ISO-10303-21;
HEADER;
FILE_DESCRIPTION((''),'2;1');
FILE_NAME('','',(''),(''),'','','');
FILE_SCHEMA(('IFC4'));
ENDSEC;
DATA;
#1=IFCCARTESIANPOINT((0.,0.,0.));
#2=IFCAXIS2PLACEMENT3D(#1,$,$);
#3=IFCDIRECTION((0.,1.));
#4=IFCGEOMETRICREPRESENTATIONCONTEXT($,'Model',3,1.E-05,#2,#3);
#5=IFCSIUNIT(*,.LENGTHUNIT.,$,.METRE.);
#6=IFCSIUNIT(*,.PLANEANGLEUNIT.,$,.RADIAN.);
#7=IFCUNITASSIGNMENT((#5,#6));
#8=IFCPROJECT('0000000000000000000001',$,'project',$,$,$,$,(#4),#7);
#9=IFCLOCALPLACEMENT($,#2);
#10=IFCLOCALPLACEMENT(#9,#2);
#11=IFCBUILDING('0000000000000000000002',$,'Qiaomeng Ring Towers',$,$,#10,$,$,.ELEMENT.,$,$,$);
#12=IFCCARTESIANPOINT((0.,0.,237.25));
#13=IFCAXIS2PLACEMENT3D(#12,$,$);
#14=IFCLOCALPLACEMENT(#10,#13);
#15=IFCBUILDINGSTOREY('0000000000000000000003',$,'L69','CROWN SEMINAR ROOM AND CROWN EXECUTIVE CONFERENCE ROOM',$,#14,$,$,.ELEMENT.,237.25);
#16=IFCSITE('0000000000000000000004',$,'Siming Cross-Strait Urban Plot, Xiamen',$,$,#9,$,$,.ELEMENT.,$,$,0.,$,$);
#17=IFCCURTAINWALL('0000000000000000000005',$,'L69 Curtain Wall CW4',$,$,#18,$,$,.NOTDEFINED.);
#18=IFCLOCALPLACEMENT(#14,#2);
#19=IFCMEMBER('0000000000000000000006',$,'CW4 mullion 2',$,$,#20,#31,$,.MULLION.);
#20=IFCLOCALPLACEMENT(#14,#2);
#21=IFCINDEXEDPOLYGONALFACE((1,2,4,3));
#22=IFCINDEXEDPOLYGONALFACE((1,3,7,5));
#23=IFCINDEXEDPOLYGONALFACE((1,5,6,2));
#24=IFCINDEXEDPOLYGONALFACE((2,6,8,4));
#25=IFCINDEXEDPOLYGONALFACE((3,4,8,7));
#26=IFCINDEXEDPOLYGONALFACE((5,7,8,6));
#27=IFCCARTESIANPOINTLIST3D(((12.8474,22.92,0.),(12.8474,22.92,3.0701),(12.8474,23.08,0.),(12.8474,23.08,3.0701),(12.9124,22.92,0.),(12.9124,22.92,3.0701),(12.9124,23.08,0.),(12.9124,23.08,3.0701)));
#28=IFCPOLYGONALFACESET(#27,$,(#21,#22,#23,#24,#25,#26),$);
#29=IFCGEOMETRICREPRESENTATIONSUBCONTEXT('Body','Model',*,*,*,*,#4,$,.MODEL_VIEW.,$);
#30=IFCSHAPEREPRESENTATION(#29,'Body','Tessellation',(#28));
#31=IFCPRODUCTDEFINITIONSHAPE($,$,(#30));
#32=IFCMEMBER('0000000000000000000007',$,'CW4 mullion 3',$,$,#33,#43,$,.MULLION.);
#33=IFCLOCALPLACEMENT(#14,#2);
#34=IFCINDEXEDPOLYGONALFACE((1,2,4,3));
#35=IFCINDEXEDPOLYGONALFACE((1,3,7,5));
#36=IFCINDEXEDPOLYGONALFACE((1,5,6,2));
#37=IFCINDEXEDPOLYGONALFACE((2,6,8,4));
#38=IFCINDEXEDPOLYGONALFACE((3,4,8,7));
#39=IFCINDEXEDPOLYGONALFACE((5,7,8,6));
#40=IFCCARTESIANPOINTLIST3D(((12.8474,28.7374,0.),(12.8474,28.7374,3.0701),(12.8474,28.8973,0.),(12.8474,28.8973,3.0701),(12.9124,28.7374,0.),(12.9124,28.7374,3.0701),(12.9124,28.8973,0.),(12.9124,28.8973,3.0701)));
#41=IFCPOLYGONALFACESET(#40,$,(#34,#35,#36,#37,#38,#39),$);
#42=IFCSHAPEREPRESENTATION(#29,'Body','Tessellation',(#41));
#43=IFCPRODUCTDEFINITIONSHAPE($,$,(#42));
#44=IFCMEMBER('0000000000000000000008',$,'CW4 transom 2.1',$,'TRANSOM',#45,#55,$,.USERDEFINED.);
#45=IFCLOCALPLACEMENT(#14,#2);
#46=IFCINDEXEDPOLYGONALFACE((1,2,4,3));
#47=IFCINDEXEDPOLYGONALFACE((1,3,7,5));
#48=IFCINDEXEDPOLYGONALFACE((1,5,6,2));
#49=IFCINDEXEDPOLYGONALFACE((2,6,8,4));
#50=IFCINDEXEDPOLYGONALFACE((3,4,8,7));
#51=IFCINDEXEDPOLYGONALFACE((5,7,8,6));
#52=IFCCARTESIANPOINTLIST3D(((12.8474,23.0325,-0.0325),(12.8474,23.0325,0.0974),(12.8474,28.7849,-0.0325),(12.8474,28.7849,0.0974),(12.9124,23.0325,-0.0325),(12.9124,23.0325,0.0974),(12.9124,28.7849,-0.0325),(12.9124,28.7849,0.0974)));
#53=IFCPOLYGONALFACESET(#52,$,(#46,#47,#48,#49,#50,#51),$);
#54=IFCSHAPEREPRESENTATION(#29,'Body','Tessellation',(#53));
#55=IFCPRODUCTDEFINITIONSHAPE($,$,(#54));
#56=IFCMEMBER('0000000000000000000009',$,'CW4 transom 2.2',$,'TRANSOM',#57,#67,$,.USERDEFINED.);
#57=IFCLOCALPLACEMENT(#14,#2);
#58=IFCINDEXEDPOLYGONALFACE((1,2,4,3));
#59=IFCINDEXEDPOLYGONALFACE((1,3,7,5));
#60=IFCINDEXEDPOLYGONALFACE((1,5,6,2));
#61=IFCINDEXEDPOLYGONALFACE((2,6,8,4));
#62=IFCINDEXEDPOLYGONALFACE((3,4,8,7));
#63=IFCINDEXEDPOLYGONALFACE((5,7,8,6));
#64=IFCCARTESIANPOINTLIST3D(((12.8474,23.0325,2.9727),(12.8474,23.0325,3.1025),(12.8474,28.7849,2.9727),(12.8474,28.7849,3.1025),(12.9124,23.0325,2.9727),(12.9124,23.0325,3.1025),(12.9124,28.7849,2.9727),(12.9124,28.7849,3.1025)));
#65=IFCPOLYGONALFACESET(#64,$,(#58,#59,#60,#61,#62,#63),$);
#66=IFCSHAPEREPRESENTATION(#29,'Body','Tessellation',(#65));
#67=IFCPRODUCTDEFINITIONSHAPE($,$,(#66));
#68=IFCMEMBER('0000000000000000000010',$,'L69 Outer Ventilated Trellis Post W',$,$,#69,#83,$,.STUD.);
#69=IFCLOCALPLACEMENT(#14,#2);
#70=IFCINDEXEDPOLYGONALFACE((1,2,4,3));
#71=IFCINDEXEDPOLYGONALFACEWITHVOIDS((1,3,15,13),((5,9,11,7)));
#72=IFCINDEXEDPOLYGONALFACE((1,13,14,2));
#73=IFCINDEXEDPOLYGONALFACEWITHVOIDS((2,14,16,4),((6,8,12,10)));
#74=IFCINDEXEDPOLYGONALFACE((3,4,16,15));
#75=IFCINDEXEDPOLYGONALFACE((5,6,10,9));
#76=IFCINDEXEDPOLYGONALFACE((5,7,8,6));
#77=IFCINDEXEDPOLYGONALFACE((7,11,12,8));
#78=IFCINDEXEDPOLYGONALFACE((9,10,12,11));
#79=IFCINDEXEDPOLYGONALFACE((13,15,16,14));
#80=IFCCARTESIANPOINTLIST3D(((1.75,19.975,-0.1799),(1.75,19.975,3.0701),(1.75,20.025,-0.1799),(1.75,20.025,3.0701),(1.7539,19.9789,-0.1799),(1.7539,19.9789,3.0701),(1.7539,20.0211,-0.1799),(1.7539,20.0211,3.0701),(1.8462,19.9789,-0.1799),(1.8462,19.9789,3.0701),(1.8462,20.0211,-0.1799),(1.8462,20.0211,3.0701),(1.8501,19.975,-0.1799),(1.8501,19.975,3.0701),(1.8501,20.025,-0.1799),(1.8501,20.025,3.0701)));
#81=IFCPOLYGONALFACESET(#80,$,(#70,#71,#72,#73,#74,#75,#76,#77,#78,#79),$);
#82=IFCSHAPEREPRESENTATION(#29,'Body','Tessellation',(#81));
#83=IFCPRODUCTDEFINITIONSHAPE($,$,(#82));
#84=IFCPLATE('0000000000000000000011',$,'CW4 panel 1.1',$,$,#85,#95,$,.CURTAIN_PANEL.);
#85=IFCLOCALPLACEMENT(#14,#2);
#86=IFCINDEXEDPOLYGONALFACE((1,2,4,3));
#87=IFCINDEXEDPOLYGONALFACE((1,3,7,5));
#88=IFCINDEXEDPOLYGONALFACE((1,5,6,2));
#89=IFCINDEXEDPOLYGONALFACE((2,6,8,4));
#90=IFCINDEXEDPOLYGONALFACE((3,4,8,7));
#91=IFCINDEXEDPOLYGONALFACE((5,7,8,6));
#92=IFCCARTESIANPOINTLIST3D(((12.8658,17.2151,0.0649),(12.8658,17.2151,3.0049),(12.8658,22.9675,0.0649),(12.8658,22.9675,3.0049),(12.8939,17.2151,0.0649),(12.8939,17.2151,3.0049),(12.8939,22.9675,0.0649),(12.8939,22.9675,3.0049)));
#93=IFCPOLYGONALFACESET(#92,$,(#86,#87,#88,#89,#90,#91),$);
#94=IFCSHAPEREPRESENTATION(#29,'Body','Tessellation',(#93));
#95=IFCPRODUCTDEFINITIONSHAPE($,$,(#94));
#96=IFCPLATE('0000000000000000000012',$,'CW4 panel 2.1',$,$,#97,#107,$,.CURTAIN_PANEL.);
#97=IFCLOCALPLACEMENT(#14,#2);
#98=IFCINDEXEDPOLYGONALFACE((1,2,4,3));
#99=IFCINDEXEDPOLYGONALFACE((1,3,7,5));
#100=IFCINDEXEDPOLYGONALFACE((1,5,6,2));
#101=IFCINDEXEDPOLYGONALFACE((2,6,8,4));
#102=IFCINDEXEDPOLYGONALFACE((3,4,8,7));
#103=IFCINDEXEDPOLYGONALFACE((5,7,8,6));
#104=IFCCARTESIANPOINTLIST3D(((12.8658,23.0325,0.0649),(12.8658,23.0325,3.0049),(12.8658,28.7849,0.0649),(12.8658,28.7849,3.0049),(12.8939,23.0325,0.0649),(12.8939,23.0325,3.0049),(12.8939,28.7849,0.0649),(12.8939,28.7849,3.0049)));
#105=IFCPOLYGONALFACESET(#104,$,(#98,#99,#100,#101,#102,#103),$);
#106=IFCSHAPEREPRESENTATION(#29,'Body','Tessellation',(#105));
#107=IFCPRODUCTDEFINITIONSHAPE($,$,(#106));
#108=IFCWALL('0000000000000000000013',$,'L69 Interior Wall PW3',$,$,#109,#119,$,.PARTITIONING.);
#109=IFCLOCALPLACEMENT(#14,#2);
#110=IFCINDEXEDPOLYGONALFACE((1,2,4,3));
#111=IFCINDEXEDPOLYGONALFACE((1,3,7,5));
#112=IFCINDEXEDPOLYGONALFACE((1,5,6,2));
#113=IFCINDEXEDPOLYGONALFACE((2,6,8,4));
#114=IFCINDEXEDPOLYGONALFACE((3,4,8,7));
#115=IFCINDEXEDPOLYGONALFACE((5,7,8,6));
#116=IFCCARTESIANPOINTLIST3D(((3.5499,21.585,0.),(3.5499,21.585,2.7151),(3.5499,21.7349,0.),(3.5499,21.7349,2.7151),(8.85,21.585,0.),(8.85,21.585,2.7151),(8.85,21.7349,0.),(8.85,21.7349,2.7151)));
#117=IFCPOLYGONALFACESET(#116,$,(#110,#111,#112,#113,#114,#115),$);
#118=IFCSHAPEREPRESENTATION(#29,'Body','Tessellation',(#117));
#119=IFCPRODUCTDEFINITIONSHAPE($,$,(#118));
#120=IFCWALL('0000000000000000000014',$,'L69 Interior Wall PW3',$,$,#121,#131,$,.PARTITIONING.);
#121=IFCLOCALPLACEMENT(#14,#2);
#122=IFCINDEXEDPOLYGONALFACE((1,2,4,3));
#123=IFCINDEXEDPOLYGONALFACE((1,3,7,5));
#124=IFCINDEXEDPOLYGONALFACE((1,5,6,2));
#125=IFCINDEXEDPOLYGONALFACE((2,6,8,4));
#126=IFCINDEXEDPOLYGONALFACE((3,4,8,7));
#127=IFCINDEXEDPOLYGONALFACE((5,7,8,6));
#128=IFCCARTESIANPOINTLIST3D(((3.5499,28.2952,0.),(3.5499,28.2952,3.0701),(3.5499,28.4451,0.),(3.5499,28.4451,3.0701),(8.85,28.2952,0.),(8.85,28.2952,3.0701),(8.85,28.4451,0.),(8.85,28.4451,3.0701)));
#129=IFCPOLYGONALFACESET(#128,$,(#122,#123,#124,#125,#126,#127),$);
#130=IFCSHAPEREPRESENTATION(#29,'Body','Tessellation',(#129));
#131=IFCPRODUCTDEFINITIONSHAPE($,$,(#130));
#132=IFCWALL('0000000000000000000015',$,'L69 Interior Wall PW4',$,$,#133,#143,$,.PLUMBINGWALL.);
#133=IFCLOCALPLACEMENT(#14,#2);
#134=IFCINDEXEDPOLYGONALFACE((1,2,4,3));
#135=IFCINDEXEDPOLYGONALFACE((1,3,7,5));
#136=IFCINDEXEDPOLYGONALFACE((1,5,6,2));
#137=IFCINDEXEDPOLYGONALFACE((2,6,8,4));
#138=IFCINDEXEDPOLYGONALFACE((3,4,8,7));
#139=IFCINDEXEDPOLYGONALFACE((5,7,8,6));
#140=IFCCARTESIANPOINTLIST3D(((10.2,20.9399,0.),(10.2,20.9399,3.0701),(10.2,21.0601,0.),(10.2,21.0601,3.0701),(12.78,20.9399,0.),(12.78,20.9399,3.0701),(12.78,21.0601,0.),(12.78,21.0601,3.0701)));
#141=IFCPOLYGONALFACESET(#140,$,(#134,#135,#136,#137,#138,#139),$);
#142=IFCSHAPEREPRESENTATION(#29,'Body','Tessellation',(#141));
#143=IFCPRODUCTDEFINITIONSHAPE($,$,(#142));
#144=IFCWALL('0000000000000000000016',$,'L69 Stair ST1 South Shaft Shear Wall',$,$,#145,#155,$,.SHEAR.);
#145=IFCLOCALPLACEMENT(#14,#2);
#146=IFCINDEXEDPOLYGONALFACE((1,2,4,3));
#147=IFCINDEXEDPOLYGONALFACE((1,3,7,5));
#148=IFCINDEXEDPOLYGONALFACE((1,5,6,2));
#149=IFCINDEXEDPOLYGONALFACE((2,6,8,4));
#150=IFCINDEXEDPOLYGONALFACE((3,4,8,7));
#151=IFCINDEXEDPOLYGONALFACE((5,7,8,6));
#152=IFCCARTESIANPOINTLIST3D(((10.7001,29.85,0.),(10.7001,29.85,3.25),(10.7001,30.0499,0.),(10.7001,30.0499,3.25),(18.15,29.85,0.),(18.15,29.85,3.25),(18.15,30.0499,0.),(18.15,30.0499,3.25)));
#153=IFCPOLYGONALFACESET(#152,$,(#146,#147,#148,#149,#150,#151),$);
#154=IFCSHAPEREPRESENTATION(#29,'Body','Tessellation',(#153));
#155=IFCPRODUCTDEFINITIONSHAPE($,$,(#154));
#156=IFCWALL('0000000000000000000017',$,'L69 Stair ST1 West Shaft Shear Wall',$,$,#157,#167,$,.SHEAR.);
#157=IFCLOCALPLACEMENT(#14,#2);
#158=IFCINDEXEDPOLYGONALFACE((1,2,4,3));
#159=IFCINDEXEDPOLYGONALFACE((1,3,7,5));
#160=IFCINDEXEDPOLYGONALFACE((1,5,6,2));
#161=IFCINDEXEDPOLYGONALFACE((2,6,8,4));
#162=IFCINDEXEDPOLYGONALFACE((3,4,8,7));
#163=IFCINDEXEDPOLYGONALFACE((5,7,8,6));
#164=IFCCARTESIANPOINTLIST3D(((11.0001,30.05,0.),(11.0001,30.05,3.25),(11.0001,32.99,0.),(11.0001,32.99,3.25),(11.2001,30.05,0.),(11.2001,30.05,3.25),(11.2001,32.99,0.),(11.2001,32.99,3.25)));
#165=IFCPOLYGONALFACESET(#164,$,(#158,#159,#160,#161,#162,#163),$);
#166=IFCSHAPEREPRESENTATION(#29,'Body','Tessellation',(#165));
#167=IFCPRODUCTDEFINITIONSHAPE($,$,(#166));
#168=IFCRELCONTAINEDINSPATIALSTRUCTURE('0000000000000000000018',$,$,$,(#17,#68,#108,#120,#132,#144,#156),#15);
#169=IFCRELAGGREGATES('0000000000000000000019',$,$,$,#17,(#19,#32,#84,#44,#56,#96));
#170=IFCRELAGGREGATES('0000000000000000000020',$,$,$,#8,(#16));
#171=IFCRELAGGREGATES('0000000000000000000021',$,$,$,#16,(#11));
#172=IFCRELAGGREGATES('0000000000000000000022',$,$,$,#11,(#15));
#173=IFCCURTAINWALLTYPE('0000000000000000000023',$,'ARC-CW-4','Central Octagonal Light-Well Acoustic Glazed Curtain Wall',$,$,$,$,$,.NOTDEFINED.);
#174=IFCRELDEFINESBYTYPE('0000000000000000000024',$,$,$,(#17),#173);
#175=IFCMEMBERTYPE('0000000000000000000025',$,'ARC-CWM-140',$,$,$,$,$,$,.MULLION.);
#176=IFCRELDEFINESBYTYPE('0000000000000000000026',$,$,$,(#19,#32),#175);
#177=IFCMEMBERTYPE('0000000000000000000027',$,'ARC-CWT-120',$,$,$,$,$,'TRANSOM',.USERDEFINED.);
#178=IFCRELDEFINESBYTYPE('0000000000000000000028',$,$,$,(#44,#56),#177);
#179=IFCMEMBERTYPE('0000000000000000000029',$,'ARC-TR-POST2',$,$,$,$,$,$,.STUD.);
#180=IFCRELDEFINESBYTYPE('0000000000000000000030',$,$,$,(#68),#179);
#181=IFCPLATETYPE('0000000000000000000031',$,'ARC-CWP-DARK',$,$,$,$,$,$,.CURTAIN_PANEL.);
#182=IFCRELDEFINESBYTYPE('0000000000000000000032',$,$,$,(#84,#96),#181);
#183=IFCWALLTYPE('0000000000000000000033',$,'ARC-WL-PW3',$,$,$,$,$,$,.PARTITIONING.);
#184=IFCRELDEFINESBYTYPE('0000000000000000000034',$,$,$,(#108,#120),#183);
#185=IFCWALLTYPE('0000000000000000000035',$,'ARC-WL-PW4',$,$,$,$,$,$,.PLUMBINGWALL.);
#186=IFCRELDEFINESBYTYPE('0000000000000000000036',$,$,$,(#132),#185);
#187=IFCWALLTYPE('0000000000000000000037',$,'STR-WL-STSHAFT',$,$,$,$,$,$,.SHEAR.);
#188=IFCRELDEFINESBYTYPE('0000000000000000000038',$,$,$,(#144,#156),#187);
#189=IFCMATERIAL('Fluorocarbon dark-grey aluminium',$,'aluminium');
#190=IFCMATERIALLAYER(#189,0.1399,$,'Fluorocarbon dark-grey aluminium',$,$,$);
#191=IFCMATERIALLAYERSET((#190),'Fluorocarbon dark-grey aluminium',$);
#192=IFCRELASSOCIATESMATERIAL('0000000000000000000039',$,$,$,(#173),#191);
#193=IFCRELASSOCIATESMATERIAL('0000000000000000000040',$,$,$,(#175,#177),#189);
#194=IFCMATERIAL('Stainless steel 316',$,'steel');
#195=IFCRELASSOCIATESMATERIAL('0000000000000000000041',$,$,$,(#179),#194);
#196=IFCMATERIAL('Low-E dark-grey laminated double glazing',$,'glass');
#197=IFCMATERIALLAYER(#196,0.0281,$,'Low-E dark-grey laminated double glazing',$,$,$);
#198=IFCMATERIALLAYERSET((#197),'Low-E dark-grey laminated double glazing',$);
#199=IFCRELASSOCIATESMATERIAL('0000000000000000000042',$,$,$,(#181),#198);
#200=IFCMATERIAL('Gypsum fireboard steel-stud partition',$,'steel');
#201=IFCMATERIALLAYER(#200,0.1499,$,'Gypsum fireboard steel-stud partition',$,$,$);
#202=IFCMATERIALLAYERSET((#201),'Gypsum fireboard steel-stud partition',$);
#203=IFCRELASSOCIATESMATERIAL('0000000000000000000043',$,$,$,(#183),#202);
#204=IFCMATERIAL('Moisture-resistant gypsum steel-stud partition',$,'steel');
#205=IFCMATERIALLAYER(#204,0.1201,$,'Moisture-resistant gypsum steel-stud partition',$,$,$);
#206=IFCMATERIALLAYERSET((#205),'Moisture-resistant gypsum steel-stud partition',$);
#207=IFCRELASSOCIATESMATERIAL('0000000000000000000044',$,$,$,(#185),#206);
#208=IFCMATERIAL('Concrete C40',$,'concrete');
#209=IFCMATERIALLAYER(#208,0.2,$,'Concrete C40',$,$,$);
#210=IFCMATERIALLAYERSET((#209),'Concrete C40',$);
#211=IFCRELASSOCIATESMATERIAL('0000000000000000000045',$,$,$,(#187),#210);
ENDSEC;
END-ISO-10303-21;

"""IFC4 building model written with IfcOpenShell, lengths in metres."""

from ifc_helpers import new_model, si_unit, direction, frame, frame_2d, origin, origin_2d, place, context, subcontext, project, spatial, rectangle, hollow_rectangle, extrude, source, transform, mapped, material, layer, layer_set, material_profile, profile_set, type_object, element, aggregate, save


model = new_model("IFC4")

# Units and contexts
model_context = context("Model", 3, precision=1e-05, world=origin(), true_north=direction((0.0, 1.0)))
body_context = subcontext(model_context, "Body", "Model", "MODEL_VIEW")
ifc_project = project(units=[si_unit("LENGTHUNIT", "METRE"), si_unit("PLANEANGLEUNIT", "RADIAN")], contexts=[model_context])

# Site, building, storey
site_placement = place(None, origin())
site = spatial("IfcSite", under=ifc_project, at=site_placement, Name="Siming Cross-Strait Urban Plot, Xiamen", CompositionType="ELEMENT", RefElevation=0.0)
building_placement = place(site_placement, origin())
building = spatial("IfcBuilding", under=site, at=building_placement, Name="Qiaomeng Ring Towers", CompositionType="ELEMENT")
storey_placement = place(building_placement, frame((0.0, 0.0, 237.25)))
storey = spatial("IfcBuildingStorey", under=building, at=storey_placement, Name="L69", Description="CROWN SEMINAR ROOM AND CROWN EXECUTIVE CONFERENCE ROOM", CompositionType="ELEMENT", Elevation=237.25)

# Shared definitions
ifc_material_1 = material(Name="Concrete C40", Category="concrete")

# Curtain wall, members
ifc_material_2 = material(Name="Fluorocarbon dark-grey aluminium", Category="aluminium")
ifc_layer_1 = layer(ifc_material_2, 0.1399, Name="Fluorocarbon dark-grey aluminium")
ifc_layer_set_1 = layer_set([ifc_layer_1], Name="Fluorocarbon dark-grey aluminium")
curtain_wall_type = type_object("IfcCurtainWallType", Name="ARC-CW-4", Description="Central Octagonal Light-Well Acoustic Glazed Curtain Wall", PredefinedType="NOTDEFINED", material=ifc_layer_set_1)
curtain_wall_placement = place(storey_placement, origin())
curtain_wall = element("IfcCurtainWall", 1, at=curtain_wall_placement, inside=storey, type_object=curtain_wall_type, Name="L69 Curtain Wall CW4", PredefinedType="NOTDEFINED")
ifc_material_profile_1 = material_profile(ifc_material_2, rectangle(XDim=0.0649, YDim=0.1599, at=origin_2d()), Name="ALU MULL 65x160")
ifc_profile_set_1 = profile_set([ifc_material_profile_1], Name="Fluorocarbon dark-grey aluminium")
member_type_1 = type_object("IfcMemberType", Name="ARC-CWM-140", PredefinedType="MULLION", material=ifc_profile_set_1)
shared_shape_1 = source(origin(), body_context, "Body", "SweptSolid", [
    extrude(rectangle(XDim=0.0649, YDim=0.1599, at=origin_2d()), origin(), (0.0, 0.0, 1.0), 3.0701),
])
member_1_placement = place(storey_placement, frame((12.8799, 23.0, 0.0), z_axis=(0.0, 0.0, 1.0), x_axis=(-1.0, 0.0, 0.0)))
member_1 = element("IfcMember", 2, at=member_1_placement, type_object=member_type_1, Name="CW4 mullion 2", PredefinedType="MULLION", context=body_context, shape_type="MappedRepresentation", body=[
    mapped(shared_shape_1, transform((0.0, 0.0, 0.0), x_axis=(1.0, 0.0, 0.0), y_axis=(0.0, 1.0, 0.0), z_axis=(0.0, 0.0, 1.0), scale=1.0)),
])
member_2_placement = place(storey_placement, frame((12.8799, 28.8174, 0.0), z_axis=(0.0, 0.0, 1.0), x_axis=(-1.0, 0.0, 0.0)))
member_2 = element("IfcMember", 3, at=member_2_placement, type_object=member_type_1, Name="CW4 mullion 3", PredefinedType="MULLION", context=body_context, shape_type="MappedRepresentation", body=[
    mapped(shared_shape_1, transform((0.0, 0.0, 0.0), x_axis=(1.0, 0.0, 0.0), y_axis=(0.0, 1.0, 0.0), z_axis=(0.0, 0.0, 1.0), scale=1.0)),
])
ifc_material_profile_2 = material_profile(ifc_material_2, rectangle(XDim=0.0649, YDim=0.1299, at=origin_2d()), Name="ALU TRAN 65x130")
ifc_profile_set_2 = profile_set([ifc_material_profile_2], Name="Fluorocarbon dark-grey aluminium")
member_type_2 = type_object("IfcMemberType", Name="ARC-CWT-120", ElementType="TRANSOM", PredefinedType="USERDEFINED", material=ifc_profile_set_2)
shared_shape_2 = source(origin(), body_context, "Body", "SweptSolid", [
    extrude(rectangle(XDim=0.0649, YDim=0.1299, at=origin_2d()), origin(), (0.0, 0.0, 1.0), 5.7524),
])
member_3_placement = place(storey_placement, frame((12.8799, 23.0325, 0.0325), z_axis=(0.0, 1.0, 0.0), x_axis=(-1.0, 0.0, 0.0)))
member_3 = element("IfcMember", 4, at=member_3_placement, type_object=member_type_2, Name="CW4 transom 2.1", ObjectType="TRANSOM", PredefinedType="USERDEFINED", context=body_context, shape_type="MappedRepresentation", body=[
    mapped(shared_shape_2, transform((0.0, 0.0, 0.0), x_axis=(1.0, 0.0, 0.0), y_axis=(0.0, 1.0, 0.0), z_axis=(0.0, 0.0, 1.0), scale=1.0)),
])
member_4_placement = place(storey_placement, frame((12.8799, 23.0325, 3.0376), z_axis=(0.0, 1.0, 0.0), x_axis=(-1.0, 0.0, 0.0)))
member_4 = element("IfcMember", 5, at=member_4_placement, type_object=member_type_2, Name="CW4 transom 2.2", ObjectType="TRANSOM", PredefinedType="USERDEFINED", context=body_context, shape_type="MappedRepresentation", body=[
    mapped(shared_shape_2, transform((0.0, 0.0, 0.0), x_axis=(1.0, 0.0, 0.0), y_axis=(0.0, 1.0, 0.0), z_axis=(0.0, 0.0, 1.0), scale=1.0)),
])

# Member
ifc_material_3 = material(Name="Stainless steel 316", Category="steel")
ifc_material_profile_3 = material_profile(ifc_material_3, hollow_rectangle(XDim=0.05, YDim=0.1001, WallThickness=0.0039, at=origin_2d()), Name="SS TRELLIS 100x50")
ifc_profile_set_3 = profile_set([ifc_material_profile_3], Name="Stainless steel 316")
member_type_3 = type_object("IfcMemberType", Name="ARC-TR-POST2", PredefinedType="STUD", material=ifc_profile_set_3)
shared_shape_3 = source(origin(), body_context, "Body", "SweptSolid", [
    extrude(hollow_rectangle(XDim=0.05, YDim=0.1001, WallThickness=0.0039, at=origin_2d()), origin(), (0.0, 0.0, 1.0), 3.25),
])
member_5_placement = place(storey_placement, frame((1.8, 20.0, -0.1799), z_axis=(0.0, 0.0, 1.0), x_axis=(0.0, 1.0, 0.0)))
element("IfcMember", 6, at=member_5_placement, inside=storey, type_object=member_type_3, Name="L69 Outer Ventilated Trellis Post W", PredefinedType="STUD", context=body_context, shape_type="MappedRepresentation", body=[
    mapped(shared_shape_3, transform((0.0, 0.0, 0.0), x_axis=(1.0, 0.0, 0.0), y_axis=(0.0, 1.0, 0.0), z_axis=(0.0, 0.0, 1.0), scale=1.0)),
])

# Plates
ifc_material_4 = material(Name="Low-E dark-grey laminated double glazing", Category="glass")
ifc_layer_2 = layer(ifc_material_4, 0.0281, Name="Low-E dark-grey laminated double glazing")
ifc_layer_set_2 = layer_set([ifc_layer_2], Name="Low-E dark-grey laminated double glazing")
plate_type = type_object("IfcPlateType", Name="ARC-CWP-DARK", PredefinedType="CURTAIN_PANEL", material=ifc_layer_set_2)
shared_shape_4 = source(origin(), body_context, "Body", "SweptSolid", [
    extrude(rectangle(XDim=5.7524, YDim=0.0281, at=origin_2d()), origin(), (0.0, 0.0, 1.0), 2.9399),
])
plate_1_placement = place(storey_placement, frame((12.8799, 20.0913, 0.0649), z_axis=(0.0, 0.0, 1.0), x_axis=(0.0, 1.0, 0.0)))
plate_1 = element("IfcPlate", 7, at=plate_1_placement, type_object=plate_type, Name="CW4 panel 1.1", PredefinedType="CURTAIN_PANEL", context=body_context, shape_type="MappedRepresentation", body=[
    mapped(shared_shape_4, transform((0.0, 0.0, 0.0), x_axis=(1.0, 0.0, 0.0), y_axis=(0.0, 1.0, 0.0), z_axis=(0.0, 0.0, 1.0), scale=1.0)),
])
plate_2_placement = place(storey_placement, frame((12.8799, 25.9087, 0.0649), z_axis=(0.0, 0.0, 1.0), x_axis=(0.0, 1.0, 0.0)))
plate_2 = element("IfcPlate", 8, at=plate_2_placement, type_object=plate_type, Name="CW4 panel 2.1", PredefinedType="CURTAIN_PANEL", context=body_context, shape_type="MappedRepresentation", body=[
    mapped(shared_shape_4, transform((0.0, 0.0, 0.0), x_axis=(1.0, 0.0, 0.0), y_axis=(0.0, 1.0, 0.0), z_axis=(0.0, 0.0, 1.0), scale=1.0)),
])
aggregate(curtain_wall, [member_1, member_2, plate_1, member_3, member_4, plate_2])

# Walls
ifc_material_5 = material(Name="Gypsum fireboard steel-stud partition", Category="steel")
ifc_layer_3 = layer(ifc_material_5, 0.1499, Name="Gypsum fireboard steel-stud partition")
ifc_layer_set_3 = layer_set([ifc_layer_3], Name="Gypsum fireboard steel-stud partition")
wall_type_1 = type_object("IfcWallType", Name="ARC-WL-PW3", PredefinedType="PARTITIONING", material=ifc_layer_set_3)
wall_1_placement = place(storey_placement, frame((3.55, 21.6599, 0.0), z_axis=(0.0, 0.0, 1.0), x_axis=(1.0, 0.0, 0.0)))
element("IfcWall", 9, at=wall_1_placement, inside=storey, type_object=wall_type_1, Name="L69 Interior Wall PW3", PredefinedType="PARTITIONING", context=body_context, shape_type="SweptSolid", body=[
    extrude(rectangle(XDim=5.3, YDim=0.1499, at=frame_2d((2.6499, 0.0))), origin(), (0.0, 0.0, 1.0), 2.7151),
])
wall_2_placement = place(storey_placement, frame((3.55, 28.3701, 0.0), z_axis=(0.0, 0.0, 1.0), x_axis=(1.0, 0.0, 0.0)))
element("IfcWall", 10, at=wall_2_placement, inside=storey, type_object=wall_type_1, Name="L69 Interior Wall PW3", PredefinedType="PARTITIONING", context=body_context, shape_type="SweptSolid", body=[
    extrude(rectangle(XDim=5.3, YDim=0.1499, at=frame_2d((2.6499, 0.0))), origin(), (0.0, 0.0, 1.0), 3.0701),
])
ifc_material_6 = material(Name="Moisture-resistant gypsum steel-stud partition", Category="steel")
ifc_layer_4 = layer(ifc_material_6, 0.1201, Name="Moisture-resistant gypsum steel-stud partition")
ifc_layer_set_4 = layer_set([ifc_layer_4], Name="Moisture-resistant gypsum steel-stud partition")
wall_type_2 = type_object("IfcWallType", Name="ARC-WL-PW4", PredefinedType="PLUMBINGWALL", material=ifc_layer_set_4)
wall_3_placement = place(storey_placement, frame((10.2, 21.0, 0.0), z_axis=(0.0, 0.0, 1.0), x_axis=(1.0, 0.0, 0.0)))
element("IfcWall", 11, at=wall_3_placement, inside=storey, type_object=wall_type_2, Name="L69 Interior Wall PW4", PredefinedType="PLUMBINGWALL", context=body_context, shape_type="SweptSolid", body=[
    extrude(rectangle(XDim=2.5801, YDim=0.1201, at=frame_2d((1.29, 0.0))), origin(), (0.0, 0.0, 1.0), 3.0701),
])
ifc_layer_5 = layer(ifc_material_1, 0.2, Name="Concrete C40")
ifc_layer_set_5 = layer_set([ifc_layer_5], Name="Concrete C40")
wall_type_3 = type_object("IfcWallType", Name="STR-WL-STSHAFT", PredefinedType="SHEAR", material=ifc_layer_set_5)
wall_4_placement = place(storey_placement, frame((10.7, 29.95, 0.0), z_axis=(0.0, 0.0, 1.0), x_axis=(1.0, 0.0, 0.0)))
element("IfcWall", 12, at=wall_4_placement, inside=storey, type_object=wall_type_3, Name="L69 Stair ST1 South Shaft Shear Wall", PredefinedType="SHEAR", context=body_context, shape_type="SweptSolid", body=[
    extrude(rectangle(XDim=7.45, YDim=0.2, at=frame_2d((3.7251, 0.0))), origin(), (0.0, 0.0, 1.0), 3.25),
])
for number, where, z_axis, x_axis, name in (
    (13, (11.1001, 30.05, 0.0), (0.0, 0.0, 1.0), (0.0, 1.0, 0.0), "L69 Stair ST1 West Shaft Shear Wall"),
):
    element("IfcWall", number, at=place(storey_placement, frame(where, z_axis=z_axis, x_axis=x_axis)), inside=storey, type_object=wall_type_3, Name=name, PredefinedType="SHEAR", context=body_context, shape_type="SweptSolid", body=[
        extrude(rectangle(XDim=2.9399, YDim=0.2, at=frame_2d((1.47, 0.0))), origin(), (0.0, 0.0, 1.0), 3.25),
    ])

save(model, "model.ifc")
